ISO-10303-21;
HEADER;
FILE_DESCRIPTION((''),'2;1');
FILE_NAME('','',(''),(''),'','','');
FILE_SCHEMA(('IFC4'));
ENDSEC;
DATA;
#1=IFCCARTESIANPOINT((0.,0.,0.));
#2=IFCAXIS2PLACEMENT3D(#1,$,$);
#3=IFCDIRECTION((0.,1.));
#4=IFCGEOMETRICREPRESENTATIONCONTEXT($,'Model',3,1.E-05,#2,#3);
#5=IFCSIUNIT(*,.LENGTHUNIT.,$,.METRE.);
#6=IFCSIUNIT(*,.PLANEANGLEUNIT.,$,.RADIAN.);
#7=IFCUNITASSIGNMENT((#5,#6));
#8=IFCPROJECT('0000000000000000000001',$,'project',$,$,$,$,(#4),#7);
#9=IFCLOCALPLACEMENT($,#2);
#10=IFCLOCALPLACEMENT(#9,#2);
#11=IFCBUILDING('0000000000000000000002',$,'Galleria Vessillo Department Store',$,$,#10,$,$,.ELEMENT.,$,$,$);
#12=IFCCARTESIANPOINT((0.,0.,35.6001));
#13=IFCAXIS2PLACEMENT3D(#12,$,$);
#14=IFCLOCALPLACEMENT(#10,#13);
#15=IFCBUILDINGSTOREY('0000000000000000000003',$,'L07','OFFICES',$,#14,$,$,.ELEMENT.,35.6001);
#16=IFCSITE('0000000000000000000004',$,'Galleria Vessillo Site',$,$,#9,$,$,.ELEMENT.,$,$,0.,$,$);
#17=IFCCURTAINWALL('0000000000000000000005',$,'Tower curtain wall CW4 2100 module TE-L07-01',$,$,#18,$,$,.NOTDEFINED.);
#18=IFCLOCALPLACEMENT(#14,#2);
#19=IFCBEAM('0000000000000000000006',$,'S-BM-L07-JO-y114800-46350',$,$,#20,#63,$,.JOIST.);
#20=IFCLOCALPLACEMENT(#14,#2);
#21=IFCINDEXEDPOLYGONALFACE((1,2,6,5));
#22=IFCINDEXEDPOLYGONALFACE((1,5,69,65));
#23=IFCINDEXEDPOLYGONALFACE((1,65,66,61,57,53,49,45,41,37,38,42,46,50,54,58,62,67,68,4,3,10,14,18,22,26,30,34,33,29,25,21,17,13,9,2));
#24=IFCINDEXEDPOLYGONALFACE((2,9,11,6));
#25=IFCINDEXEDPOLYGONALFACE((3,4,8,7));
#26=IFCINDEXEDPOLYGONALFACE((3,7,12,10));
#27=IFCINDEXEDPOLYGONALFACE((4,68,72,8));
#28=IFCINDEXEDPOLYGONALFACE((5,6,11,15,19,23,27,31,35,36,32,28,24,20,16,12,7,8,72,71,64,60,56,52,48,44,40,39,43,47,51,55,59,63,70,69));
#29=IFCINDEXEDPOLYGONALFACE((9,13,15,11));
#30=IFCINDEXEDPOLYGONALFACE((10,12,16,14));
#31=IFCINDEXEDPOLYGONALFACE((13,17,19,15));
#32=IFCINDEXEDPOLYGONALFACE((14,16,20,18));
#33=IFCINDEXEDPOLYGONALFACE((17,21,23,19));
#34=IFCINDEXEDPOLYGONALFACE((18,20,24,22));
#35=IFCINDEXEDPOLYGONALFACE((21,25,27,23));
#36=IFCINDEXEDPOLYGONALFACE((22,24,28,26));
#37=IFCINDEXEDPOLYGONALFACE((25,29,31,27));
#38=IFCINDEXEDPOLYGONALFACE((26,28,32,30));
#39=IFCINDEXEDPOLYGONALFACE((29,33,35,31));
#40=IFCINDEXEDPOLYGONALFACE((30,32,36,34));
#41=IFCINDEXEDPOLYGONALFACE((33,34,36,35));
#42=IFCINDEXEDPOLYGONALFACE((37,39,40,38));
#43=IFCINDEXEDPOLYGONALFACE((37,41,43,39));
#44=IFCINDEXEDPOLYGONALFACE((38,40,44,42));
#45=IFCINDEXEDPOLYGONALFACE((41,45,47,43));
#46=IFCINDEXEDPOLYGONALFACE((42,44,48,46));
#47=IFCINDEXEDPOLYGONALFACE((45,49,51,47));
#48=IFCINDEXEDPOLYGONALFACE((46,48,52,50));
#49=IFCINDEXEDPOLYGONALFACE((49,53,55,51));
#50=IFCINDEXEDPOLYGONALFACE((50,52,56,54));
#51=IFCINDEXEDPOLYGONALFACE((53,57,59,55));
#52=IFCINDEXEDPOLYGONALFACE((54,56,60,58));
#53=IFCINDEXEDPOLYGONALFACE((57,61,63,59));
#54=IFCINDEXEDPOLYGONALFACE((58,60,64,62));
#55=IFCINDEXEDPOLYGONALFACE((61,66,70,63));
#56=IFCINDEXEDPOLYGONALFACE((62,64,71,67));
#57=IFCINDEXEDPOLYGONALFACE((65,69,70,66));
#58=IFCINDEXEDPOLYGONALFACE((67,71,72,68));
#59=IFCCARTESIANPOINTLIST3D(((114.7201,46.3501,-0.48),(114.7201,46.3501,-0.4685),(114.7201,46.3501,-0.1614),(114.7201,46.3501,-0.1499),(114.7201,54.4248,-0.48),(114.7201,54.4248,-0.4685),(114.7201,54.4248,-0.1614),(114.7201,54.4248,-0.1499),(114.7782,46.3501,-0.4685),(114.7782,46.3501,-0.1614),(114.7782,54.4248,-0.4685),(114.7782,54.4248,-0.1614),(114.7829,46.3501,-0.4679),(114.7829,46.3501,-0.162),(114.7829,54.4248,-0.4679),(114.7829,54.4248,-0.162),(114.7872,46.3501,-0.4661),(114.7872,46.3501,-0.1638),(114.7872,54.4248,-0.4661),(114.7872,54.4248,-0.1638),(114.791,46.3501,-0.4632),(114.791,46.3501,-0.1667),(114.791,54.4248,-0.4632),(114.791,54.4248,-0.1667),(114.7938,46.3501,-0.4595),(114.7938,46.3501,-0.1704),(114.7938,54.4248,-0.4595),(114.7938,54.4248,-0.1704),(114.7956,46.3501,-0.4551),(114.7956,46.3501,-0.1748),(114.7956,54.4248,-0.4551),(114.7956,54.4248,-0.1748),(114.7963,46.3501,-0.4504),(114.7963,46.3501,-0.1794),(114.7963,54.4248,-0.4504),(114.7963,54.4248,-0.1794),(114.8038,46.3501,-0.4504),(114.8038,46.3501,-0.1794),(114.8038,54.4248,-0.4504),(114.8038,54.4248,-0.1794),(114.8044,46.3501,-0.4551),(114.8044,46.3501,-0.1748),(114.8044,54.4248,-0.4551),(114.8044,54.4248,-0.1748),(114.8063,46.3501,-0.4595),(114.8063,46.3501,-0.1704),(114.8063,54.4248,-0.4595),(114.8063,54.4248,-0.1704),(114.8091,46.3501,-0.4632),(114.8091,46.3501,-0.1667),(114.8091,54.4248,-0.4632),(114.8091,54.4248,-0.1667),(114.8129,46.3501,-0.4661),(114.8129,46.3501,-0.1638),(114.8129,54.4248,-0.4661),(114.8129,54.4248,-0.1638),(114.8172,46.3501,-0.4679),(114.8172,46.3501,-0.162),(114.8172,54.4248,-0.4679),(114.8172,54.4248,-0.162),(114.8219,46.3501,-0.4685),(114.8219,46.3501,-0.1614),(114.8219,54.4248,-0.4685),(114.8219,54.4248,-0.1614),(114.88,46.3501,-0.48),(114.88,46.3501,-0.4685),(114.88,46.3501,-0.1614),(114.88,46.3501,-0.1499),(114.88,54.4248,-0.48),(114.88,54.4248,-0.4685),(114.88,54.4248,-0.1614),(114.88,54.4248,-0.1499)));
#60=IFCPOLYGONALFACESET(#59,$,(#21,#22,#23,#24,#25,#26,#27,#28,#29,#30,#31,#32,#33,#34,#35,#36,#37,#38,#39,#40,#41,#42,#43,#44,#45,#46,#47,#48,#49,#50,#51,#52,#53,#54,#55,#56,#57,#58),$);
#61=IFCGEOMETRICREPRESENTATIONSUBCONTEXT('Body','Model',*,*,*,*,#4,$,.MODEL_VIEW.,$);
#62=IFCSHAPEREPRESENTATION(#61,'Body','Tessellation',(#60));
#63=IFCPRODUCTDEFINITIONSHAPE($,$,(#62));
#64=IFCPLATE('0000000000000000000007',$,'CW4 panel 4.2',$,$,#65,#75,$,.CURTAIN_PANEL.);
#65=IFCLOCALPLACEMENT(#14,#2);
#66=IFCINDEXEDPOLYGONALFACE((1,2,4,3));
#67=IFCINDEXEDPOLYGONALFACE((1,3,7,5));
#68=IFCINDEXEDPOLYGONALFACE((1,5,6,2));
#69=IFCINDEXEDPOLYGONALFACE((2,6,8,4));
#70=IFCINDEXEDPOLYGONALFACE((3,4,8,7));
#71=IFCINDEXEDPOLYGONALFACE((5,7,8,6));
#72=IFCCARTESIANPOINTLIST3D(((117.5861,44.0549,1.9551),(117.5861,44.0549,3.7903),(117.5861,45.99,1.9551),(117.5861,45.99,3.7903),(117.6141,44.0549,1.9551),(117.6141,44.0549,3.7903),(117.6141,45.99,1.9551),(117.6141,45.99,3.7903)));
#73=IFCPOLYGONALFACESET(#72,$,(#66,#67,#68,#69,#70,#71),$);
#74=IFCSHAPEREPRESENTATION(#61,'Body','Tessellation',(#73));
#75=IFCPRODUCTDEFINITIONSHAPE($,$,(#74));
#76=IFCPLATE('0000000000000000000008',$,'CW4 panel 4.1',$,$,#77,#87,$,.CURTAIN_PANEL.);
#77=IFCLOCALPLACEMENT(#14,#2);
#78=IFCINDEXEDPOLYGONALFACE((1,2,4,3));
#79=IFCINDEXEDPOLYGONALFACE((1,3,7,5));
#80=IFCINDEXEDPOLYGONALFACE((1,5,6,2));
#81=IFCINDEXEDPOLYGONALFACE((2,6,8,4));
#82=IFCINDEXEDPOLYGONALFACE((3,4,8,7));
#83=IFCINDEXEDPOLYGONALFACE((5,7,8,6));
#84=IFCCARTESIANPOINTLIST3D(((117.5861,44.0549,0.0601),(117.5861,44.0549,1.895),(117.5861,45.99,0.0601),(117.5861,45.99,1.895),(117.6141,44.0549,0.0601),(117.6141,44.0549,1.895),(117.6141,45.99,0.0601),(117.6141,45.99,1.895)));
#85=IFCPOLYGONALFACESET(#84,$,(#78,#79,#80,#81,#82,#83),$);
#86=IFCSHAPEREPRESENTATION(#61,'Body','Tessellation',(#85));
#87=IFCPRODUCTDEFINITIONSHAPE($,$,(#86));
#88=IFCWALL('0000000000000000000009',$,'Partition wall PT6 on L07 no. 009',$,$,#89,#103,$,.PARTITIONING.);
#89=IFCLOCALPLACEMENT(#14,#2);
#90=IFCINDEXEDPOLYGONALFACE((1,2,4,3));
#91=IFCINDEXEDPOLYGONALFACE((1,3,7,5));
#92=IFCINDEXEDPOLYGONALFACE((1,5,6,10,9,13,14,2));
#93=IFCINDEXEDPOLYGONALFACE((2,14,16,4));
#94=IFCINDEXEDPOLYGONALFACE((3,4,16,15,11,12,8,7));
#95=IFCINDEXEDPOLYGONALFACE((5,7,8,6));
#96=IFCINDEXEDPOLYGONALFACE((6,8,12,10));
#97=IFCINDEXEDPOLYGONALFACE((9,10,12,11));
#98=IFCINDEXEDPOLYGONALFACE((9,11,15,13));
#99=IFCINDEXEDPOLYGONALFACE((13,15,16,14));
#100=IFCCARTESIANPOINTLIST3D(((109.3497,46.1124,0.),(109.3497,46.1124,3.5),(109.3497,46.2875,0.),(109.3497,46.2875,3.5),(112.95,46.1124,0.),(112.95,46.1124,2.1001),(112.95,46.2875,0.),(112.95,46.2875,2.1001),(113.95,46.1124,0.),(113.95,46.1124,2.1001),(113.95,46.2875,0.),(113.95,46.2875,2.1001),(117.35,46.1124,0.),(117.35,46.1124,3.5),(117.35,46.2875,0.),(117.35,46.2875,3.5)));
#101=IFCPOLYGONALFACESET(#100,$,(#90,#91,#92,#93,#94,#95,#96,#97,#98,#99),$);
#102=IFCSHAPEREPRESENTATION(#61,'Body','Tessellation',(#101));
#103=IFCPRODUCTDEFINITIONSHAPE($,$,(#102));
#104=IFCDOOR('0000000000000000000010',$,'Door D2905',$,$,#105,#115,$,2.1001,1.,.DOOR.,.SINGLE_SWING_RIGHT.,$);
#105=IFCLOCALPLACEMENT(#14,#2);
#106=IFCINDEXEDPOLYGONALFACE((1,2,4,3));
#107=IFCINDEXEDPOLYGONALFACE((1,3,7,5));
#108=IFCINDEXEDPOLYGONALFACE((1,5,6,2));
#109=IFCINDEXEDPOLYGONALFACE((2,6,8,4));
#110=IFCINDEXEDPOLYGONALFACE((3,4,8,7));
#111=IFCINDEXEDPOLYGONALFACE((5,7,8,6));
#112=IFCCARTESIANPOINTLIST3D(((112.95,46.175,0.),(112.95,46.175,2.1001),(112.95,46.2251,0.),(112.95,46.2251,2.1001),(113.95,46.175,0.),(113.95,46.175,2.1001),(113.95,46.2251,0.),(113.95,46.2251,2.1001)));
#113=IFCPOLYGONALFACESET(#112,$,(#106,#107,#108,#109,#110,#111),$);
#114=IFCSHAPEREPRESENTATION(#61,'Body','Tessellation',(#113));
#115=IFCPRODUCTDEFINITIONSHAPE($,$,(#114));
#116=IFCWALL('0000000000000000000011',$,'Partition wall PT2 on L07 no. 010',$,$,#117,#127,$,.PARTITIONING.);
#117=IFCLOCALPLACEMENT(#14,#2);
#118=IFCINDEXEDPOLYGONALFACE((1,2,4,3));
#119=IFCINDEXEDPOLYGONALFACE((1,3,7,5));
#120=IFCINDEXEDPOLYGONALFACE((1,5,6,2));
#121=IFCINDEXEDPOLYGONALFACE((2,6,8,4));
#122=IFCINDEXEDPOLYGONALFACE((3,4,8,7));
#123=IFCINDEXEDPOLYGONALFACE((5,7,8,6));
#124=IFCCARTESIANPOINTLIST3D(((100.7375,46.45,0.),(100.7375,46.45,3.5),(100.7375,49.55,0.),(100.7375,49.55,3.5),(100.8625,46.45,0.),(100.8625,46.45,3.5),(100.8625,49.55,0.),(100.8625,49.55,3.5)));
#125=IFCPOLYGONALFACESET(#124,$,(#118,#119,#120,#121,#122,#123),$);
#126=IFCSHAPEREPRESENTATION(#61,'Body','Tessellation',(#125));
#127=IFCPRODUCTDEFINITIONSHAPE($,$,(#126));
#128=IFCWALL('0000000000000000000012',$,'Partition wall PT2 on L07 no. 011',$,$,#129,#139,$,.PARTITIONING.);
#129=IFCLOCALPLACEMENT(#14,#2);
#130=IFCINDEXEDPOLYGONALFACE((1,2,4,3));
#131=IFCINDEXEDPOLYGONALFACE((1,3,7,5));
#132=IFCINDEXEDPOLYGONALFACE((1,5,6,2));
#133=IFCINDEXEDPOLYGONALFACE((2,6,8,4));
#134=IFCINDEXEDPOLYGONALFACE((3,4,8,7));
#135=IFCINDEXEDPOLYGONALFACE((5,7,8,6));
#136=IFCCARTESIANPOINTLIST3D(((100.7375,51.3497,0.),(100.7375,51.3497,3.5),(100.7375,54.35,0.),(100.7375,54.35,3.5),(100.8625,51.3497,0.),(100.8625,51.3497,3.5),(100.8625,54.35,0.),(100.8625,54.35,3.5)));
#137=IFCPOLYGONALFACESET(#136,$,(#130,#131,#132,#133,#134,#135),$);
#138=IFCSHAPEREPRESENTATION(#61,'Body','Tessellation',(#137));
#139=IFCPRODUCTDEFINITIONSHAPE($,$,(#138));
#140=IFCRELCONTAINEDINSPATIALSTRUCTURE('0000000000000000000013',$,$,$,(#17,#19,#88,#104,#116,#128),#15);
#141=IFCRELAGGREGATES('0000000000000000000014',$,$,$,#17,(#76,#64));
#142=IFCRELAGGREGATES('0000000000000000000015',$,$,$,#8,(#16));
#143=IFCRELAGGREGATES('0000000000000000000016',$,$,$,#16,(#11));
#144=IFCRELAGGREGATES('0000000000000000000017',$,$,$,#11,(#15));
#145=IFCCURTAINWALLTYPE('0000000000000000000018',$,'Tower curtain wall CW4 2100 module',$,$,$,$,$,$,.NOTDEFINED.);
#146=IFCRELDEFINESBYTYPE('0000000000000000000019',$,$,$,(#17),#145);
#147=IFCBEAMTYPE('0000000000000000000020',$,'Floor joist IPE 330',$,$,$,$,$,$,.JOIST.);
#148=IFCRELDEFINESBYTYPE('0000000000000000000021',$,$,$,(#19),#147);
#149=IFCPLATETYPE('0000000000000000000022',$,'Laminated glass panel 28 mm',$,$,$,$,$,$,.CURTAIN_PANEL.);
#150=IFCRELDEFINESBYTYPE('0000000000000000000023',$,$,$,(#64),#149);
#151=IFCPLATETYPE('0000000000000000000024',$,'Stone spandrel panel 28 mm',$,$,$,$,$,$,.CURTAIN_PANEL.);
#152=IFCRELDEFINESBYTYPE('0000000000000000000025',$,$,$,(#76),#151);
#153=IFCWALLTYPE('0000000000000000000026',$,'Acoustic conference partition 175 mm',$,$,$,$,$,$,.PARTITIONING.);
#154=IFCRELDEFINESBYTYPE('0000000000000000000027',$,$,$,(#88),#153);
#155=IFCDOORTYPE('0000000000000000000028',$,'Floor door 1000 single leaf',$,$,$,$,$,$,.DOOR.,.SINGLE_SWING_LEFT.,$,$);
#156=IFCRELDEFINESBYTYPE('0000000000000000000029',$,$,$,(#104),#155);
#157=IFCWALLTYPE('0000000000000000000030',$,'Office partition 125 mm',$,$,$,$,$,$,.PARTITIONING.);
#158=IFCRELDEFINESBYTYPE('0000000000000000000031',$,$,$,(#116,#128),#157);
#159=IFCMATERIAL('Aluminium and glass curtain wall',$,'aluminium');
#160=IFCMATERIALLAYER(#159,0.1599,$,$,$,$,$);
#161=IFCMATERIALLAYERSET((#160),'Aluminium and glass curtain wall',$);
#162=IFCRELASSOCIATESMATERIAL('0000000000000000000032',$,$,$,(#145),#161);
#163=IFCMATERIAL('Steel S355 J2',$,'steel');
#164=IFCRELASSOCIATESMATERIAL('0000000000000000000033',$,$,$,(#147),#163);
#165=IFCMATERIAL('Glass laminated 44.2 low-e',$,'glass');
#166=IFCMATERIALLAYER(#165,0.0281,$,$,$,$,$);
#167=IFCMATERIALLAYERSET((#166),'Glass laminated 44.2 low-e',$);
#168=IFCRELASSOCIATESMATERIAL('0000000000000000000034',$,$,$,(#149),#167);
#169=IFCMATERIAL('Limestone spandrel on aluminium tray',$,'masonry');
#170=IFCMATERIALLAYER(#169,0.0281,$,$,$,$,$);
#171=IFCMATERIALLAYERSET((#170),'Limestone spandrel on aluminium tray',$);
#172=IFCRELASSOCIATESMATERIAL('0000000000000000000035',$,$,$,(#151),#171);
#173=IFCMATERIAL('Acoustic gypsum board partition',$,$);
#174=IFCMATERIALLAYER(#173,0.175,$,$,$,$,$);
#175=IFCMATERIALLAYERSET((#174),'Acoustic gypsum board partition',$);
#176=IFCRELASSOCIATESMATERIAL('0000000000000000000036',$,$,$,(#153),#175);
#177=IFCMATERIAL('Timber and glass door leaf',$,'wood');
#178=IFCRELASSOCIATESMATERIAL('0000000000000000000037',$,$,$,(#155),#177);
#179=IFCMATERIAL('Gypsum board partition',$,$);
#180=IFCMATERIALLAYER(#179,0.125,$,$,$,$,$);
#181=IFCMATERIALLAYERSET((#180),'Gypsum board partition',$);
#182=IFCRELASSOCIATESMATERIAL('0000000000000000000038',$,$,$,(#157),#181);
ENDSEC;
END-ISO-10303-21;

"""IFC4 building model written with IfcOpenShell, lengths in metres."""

from ifc_helpers import new_model, si_unit, direction, frame, frame_2d, origin, origin_2d, place, context, subcontext, project, spatial, rectangle, i_section, extrude, material, layer, layer_set, material_profile, profile_set, type_object, element, fill, aggregate, save


model = new_model("IFC4")

# Units and contexts
model_context = context("Model", 3, precision=1e-05, world=origin(), true_north=direction((0.0, 1.0)))
body_context = subcontext(model_context, "Body", "Model", "MODEL_VIEW")
ifc_project = project(units=[si_unit("LENGTHUNIT", "METRE"), si_unit("PLANEANGLEUNIT", "RADIAN")], contexts=[model_context])

# Site, building, storey
site_placement = place(None, origin())
site = spatial("IfcSite", under=ifc_project, at=site_placement, Name="Galleria Vessillo Site", CompositionType="ELEMENT", RefElevation=0.0)
building_placement = place(site_placement, origin())
building = spatial("IfcBuilding", under=site, at=building_placement, Name="Galleria Vessillo Department Store", CompositionType="ELEMENT")
storey_placement = place(building_placement, frame((0.0, 0.0, 35.6001)))
storey = spatial("IfcBuildingStorey", under=building, at=storey_placement, Name="L07", Description="OFFICES", CompositionType="ELEMENT", Elevation=35.6001)

# Curtain wall
ifc_material_1 = material(Name="Aluminium and glass curtain wall", Category="aluminium")
ifc_layer_1 = layer(ifc_material_1, 0.1599)
ifc_layer_set_1 = layer_set([ifc_layer_1], Name="Aluminium and glass curtain wall")
curtain_wall_type = type_object("IfcCurtainWallType", Name="Tower curtain wall CW4 2100 module", PredefinedType="NOTDEFINED", material=ifc_layer_set_1)
curtain_wall_placement = place(storey_placement, origin())
curtain_wall = element("IfcCurtainWall", 1, at=curtain_wall_placement, inside=storey, type_object=curtain_wall_type, Name="Tower curtain wall CW4 2100 module TE-L07-01", PredefinedType="NOTDEFINED")

# Beam
ifc_material_2 = material(Name="Steel S355 J2", Category="steel")
ifc_material_profile_1 = material_profile(ifc_material_2, i_section(OverallWidth=0.1599, OverallDepth=0.3301, WebThickness=0.0076, FlangeThickness=0.0115, FilletRadius=0.0181, at=origin_2d()), Name="IPE 330")
ifc_profile_set_1 = profile_set([ifc_material_profile_1], Name="Steel S355 J2")
beam_type_1 = type_object("IfcBeamType", Name="Floor joist IPE 330", PredefinedType="JOIST", material=ifc_profile_set_1)
for number, where, z_axis, x_axis, name in (
    (2, (114.8, 46.3501, -0.3149), (0.0, 1.0, 0.0), (-1.0, 0.0, 0.0), "S-BM-L07-JO-y114800-46350"),
):
    element("IfcBeam", number, at=place(storey_placement, frame(where, z_axis=z_axis, x_axis=x_axis)), inside=storey, type_object=beam_type_1, Name=name, PredefinedType="JOIST", context=body_context, shape_type="SweptSolid", body=[
        extrude(i_section(OverallWidth=0.1599, OverallDepth=0.3301, WebThickness=0.0076, FlangeThickness=0.0115, FilletRadius=0.0181, at=origin_2d()), origin(), (0.0, 0.0, 1.0), 8.0747),
    ])

# Plates
ifc_material_3 = material(Name="Glass laminated 44.2 low-e", Category="glass")
ifc_layer_2 = layer(ifc_material_3, 0.0281)
ifc_layer_set_2 = layer_set([ifc_layer_2], Name="Glass laminated 44.2 low-e")
plate_type_1 = type_object("IfcPlateType", Name="Laminated glass panel 28 mm", PredefinedType="CURTAIN_PANEL", material=ifc_layer_set_2)
plate_1_placement = place(storey_placement, frame((117.6001, 45.0225, 1.9551), z_axis=(0.0, 0.0, 1.0), x_axis=(0.0, 1.0, 0.0)))
plate_1 = element("IfcPlate", 3, at=plate_1_placement, type_object=plate_type_1, Name="CW4 panel 4.2", PredefinedType="CURTAIN_PANEL", context=body_context, shape_type="SweptSolid", body=[
    extrude(rectangle(XDim=1.9351, YDim=0.0281, at=origin_2d()), origin(), (0.0, 0.0, 1.0), 1.8352),
])
ifc_material_4 = material(Name="Limestone spandrel on aluminium tray", Category="masonry")
ifc_layer_3 = layer(ifc_material_4, 0.0281)
ifc_layer_set_3 = layer_set([ifc_layer_3], Name="Limestone spandrel on aluminium tray")
plate_type_2 = type_object("IfcPlateType", Name="Stone spandrel panel 28 mm", PredefinedType="CURTAIN_PANEL", material=ifc_layer_set_3)
plate_2_placement = place(storey_placement, frame((117.6001, 45.0225, 0.0601), z_axis=(0.0, 0.0, 1.0), x_axis=(0.0, 1.0, 0.0)))
plate_2 = element("IfcPlate", 4, at=plate_2_placement, type_object=plate_type_2, Name="CW4 panel 4.1", PredefinedType="CURTAIN_PANEL", context=body_context, shape_type="SweptSolid", body=[
    extrude(rectangle(XDim=1.9351, YDim=0.0281, at=origin_2d()), origin(), (0.0, 0.0, 1.0), 1.835),
])
aggregate(curtain_wall, [plate_2, plate_1])

# Wall, opening, door
ifc_material_5 = material(Name="Acoustic gypsum board partition")
ifc_layer_4 = layer(ifc_material_5, 0.175)
ifc_layer_set_4 = layer_set([ifc_layer_4], Name="Acoustic gypsum board partition")
wall_type_1 = type_object("IfcWallType", Name="Acoustic conference partition 175 mm", PredefinedType="PARTITIONING", material=ifc_layer_set_4)
wall_1_placement = place(storey_placement, frame((109.3499, 46.2, 0.0), z_axis=(0.0, 0.0, 1.0), x_axis=(1.0, 0.0, 0.0)))
wall_1 = element("IfcWall", 5, at=wall_1_placement, inside=storey, type_object=wall_type_1, Name="Partition wall PT6 on L07 no. 009", PredefinedType="PARTITIONING", context=body_context, shape_type="SweptSolid", body=[
    extrude(rectangle(XDim=8.0002, YDim=0.175, at=frame_2d((4.0, 0.0))), origin(), (0.0, 0.0, 1.0), 3.5),
])
opening_1_placement = place(wall_1_placement, frame((3.6001, 0.0, 0.0)))
opening_1 = element("IfcOpeningElement", 6, at=opening_1_placement, cuts=wall_1, PredefinedType="OPENING", context=body_context, shape_type="SweptSolid", body=[
    extrude(rectangle(XDim=1.0, YDim=2.1001, at=frame_2d((0.5, 1.05))), frame((0.0, 0.0977, 0.0), z_axis=(0.0, -1.0, 0.0), x_axis=(1.0, 0.0, 0.0)), (0.0, 0.0, 1.0), 0.1951),
])
ifc_material_6 = material(Name="Timber and glass door leaf", Category="wood")
door_type_1 = type_object("IfcDoorType", Name="Floor door 1000 single leaf", OperationType="SINGLE_SWING_LEFT", PredefinedType="DOOR", material=ifc_material_6)
door_1_placement = place(opening_1_placement, frame((1.0, 0.0, 0.0), z_axis=(0.0, 0.0, 1.0), x_axis=(-1.0, 0.0, 0.0)))
door_1 = element("IfcDoor", 7, at=door_1_placement, inside=storey, type_object=door_type_1, Name="Door D2905", OperationType="SINGLE_SWING_RIGHT", OverallHeight=2.1001, OverallWidth=1.0, PredefinedType="DOOR", context=body_context, shape_type="SweptSolid", body=[
    extrude(rectangle(XDim=1.0, YDim=2.1001, at=frame_2d((0.5, 1.05))), frame((0.0, 0.0249, 0.0), z_axis=(0.0, -1.0, 0.0), x_axis=(1.0, 0.0, 0.0)), (0.0, 0.0, 1.0), 0.05),
])
fill(opening_1, door_1)

# Walls
ifc_material_7 = material(Name="Gypsum board partition")
ifc_layer_5 = layer(ifc_material_7, 0.125)
ifc_layer_set_5 = layer_set([ifc_layer_5], Name="Gypsum board partition")
wall_type_2 = type_object("IfcWallType", Name="Office partition 125 mm", PredefinedType="PARTITIONING", material=ifc_layer_set_5)
wall_2_placement = place(storey_placement, frame((100.8, 46.45, 0.0), z_axis=(0.0, 0.0, 1.0), x_axis=(0.0, 1.0, 0.0)))
element("IfcWall", 8, at=wall_2_placement, inside=storey, type_object=wall_type_2, Name="Partition wall PT2 on L07 no. 010", PredefinedType="PARTITIONING", context=body_context, shape_type="SweptSolid", body=[
    extrude(rectangle(XDim=3.1001, YDim=0.125, at=frame_2d((1.55, 0.0))), origin(), (0.0, 0.0, 1.0), 3.5),
])
wall_3_placement = place(storey_placement, frame((100.8, 51.3499, 0.0), z_axis=(0.0, 0.0, 1.0), x_axis=(0.0, 1.0, 0.0)))
element("IfcWall", 9, at=wall_3_placement, inside=storey, type_object=wall_type_2, Name="Partition wall PT2 on L07 no. 011", PredefinedType="PARTITIONING", context=body_context, shape_type="SweptSolid", body=[
    extrude(rectangle(XDim=3.0002, YDim=0.125, at=frame_2d((1.5, 0.0))), origin(), (0.0, 0.0, 1.0), 3.5),
])

save(model, "model.ifc")
